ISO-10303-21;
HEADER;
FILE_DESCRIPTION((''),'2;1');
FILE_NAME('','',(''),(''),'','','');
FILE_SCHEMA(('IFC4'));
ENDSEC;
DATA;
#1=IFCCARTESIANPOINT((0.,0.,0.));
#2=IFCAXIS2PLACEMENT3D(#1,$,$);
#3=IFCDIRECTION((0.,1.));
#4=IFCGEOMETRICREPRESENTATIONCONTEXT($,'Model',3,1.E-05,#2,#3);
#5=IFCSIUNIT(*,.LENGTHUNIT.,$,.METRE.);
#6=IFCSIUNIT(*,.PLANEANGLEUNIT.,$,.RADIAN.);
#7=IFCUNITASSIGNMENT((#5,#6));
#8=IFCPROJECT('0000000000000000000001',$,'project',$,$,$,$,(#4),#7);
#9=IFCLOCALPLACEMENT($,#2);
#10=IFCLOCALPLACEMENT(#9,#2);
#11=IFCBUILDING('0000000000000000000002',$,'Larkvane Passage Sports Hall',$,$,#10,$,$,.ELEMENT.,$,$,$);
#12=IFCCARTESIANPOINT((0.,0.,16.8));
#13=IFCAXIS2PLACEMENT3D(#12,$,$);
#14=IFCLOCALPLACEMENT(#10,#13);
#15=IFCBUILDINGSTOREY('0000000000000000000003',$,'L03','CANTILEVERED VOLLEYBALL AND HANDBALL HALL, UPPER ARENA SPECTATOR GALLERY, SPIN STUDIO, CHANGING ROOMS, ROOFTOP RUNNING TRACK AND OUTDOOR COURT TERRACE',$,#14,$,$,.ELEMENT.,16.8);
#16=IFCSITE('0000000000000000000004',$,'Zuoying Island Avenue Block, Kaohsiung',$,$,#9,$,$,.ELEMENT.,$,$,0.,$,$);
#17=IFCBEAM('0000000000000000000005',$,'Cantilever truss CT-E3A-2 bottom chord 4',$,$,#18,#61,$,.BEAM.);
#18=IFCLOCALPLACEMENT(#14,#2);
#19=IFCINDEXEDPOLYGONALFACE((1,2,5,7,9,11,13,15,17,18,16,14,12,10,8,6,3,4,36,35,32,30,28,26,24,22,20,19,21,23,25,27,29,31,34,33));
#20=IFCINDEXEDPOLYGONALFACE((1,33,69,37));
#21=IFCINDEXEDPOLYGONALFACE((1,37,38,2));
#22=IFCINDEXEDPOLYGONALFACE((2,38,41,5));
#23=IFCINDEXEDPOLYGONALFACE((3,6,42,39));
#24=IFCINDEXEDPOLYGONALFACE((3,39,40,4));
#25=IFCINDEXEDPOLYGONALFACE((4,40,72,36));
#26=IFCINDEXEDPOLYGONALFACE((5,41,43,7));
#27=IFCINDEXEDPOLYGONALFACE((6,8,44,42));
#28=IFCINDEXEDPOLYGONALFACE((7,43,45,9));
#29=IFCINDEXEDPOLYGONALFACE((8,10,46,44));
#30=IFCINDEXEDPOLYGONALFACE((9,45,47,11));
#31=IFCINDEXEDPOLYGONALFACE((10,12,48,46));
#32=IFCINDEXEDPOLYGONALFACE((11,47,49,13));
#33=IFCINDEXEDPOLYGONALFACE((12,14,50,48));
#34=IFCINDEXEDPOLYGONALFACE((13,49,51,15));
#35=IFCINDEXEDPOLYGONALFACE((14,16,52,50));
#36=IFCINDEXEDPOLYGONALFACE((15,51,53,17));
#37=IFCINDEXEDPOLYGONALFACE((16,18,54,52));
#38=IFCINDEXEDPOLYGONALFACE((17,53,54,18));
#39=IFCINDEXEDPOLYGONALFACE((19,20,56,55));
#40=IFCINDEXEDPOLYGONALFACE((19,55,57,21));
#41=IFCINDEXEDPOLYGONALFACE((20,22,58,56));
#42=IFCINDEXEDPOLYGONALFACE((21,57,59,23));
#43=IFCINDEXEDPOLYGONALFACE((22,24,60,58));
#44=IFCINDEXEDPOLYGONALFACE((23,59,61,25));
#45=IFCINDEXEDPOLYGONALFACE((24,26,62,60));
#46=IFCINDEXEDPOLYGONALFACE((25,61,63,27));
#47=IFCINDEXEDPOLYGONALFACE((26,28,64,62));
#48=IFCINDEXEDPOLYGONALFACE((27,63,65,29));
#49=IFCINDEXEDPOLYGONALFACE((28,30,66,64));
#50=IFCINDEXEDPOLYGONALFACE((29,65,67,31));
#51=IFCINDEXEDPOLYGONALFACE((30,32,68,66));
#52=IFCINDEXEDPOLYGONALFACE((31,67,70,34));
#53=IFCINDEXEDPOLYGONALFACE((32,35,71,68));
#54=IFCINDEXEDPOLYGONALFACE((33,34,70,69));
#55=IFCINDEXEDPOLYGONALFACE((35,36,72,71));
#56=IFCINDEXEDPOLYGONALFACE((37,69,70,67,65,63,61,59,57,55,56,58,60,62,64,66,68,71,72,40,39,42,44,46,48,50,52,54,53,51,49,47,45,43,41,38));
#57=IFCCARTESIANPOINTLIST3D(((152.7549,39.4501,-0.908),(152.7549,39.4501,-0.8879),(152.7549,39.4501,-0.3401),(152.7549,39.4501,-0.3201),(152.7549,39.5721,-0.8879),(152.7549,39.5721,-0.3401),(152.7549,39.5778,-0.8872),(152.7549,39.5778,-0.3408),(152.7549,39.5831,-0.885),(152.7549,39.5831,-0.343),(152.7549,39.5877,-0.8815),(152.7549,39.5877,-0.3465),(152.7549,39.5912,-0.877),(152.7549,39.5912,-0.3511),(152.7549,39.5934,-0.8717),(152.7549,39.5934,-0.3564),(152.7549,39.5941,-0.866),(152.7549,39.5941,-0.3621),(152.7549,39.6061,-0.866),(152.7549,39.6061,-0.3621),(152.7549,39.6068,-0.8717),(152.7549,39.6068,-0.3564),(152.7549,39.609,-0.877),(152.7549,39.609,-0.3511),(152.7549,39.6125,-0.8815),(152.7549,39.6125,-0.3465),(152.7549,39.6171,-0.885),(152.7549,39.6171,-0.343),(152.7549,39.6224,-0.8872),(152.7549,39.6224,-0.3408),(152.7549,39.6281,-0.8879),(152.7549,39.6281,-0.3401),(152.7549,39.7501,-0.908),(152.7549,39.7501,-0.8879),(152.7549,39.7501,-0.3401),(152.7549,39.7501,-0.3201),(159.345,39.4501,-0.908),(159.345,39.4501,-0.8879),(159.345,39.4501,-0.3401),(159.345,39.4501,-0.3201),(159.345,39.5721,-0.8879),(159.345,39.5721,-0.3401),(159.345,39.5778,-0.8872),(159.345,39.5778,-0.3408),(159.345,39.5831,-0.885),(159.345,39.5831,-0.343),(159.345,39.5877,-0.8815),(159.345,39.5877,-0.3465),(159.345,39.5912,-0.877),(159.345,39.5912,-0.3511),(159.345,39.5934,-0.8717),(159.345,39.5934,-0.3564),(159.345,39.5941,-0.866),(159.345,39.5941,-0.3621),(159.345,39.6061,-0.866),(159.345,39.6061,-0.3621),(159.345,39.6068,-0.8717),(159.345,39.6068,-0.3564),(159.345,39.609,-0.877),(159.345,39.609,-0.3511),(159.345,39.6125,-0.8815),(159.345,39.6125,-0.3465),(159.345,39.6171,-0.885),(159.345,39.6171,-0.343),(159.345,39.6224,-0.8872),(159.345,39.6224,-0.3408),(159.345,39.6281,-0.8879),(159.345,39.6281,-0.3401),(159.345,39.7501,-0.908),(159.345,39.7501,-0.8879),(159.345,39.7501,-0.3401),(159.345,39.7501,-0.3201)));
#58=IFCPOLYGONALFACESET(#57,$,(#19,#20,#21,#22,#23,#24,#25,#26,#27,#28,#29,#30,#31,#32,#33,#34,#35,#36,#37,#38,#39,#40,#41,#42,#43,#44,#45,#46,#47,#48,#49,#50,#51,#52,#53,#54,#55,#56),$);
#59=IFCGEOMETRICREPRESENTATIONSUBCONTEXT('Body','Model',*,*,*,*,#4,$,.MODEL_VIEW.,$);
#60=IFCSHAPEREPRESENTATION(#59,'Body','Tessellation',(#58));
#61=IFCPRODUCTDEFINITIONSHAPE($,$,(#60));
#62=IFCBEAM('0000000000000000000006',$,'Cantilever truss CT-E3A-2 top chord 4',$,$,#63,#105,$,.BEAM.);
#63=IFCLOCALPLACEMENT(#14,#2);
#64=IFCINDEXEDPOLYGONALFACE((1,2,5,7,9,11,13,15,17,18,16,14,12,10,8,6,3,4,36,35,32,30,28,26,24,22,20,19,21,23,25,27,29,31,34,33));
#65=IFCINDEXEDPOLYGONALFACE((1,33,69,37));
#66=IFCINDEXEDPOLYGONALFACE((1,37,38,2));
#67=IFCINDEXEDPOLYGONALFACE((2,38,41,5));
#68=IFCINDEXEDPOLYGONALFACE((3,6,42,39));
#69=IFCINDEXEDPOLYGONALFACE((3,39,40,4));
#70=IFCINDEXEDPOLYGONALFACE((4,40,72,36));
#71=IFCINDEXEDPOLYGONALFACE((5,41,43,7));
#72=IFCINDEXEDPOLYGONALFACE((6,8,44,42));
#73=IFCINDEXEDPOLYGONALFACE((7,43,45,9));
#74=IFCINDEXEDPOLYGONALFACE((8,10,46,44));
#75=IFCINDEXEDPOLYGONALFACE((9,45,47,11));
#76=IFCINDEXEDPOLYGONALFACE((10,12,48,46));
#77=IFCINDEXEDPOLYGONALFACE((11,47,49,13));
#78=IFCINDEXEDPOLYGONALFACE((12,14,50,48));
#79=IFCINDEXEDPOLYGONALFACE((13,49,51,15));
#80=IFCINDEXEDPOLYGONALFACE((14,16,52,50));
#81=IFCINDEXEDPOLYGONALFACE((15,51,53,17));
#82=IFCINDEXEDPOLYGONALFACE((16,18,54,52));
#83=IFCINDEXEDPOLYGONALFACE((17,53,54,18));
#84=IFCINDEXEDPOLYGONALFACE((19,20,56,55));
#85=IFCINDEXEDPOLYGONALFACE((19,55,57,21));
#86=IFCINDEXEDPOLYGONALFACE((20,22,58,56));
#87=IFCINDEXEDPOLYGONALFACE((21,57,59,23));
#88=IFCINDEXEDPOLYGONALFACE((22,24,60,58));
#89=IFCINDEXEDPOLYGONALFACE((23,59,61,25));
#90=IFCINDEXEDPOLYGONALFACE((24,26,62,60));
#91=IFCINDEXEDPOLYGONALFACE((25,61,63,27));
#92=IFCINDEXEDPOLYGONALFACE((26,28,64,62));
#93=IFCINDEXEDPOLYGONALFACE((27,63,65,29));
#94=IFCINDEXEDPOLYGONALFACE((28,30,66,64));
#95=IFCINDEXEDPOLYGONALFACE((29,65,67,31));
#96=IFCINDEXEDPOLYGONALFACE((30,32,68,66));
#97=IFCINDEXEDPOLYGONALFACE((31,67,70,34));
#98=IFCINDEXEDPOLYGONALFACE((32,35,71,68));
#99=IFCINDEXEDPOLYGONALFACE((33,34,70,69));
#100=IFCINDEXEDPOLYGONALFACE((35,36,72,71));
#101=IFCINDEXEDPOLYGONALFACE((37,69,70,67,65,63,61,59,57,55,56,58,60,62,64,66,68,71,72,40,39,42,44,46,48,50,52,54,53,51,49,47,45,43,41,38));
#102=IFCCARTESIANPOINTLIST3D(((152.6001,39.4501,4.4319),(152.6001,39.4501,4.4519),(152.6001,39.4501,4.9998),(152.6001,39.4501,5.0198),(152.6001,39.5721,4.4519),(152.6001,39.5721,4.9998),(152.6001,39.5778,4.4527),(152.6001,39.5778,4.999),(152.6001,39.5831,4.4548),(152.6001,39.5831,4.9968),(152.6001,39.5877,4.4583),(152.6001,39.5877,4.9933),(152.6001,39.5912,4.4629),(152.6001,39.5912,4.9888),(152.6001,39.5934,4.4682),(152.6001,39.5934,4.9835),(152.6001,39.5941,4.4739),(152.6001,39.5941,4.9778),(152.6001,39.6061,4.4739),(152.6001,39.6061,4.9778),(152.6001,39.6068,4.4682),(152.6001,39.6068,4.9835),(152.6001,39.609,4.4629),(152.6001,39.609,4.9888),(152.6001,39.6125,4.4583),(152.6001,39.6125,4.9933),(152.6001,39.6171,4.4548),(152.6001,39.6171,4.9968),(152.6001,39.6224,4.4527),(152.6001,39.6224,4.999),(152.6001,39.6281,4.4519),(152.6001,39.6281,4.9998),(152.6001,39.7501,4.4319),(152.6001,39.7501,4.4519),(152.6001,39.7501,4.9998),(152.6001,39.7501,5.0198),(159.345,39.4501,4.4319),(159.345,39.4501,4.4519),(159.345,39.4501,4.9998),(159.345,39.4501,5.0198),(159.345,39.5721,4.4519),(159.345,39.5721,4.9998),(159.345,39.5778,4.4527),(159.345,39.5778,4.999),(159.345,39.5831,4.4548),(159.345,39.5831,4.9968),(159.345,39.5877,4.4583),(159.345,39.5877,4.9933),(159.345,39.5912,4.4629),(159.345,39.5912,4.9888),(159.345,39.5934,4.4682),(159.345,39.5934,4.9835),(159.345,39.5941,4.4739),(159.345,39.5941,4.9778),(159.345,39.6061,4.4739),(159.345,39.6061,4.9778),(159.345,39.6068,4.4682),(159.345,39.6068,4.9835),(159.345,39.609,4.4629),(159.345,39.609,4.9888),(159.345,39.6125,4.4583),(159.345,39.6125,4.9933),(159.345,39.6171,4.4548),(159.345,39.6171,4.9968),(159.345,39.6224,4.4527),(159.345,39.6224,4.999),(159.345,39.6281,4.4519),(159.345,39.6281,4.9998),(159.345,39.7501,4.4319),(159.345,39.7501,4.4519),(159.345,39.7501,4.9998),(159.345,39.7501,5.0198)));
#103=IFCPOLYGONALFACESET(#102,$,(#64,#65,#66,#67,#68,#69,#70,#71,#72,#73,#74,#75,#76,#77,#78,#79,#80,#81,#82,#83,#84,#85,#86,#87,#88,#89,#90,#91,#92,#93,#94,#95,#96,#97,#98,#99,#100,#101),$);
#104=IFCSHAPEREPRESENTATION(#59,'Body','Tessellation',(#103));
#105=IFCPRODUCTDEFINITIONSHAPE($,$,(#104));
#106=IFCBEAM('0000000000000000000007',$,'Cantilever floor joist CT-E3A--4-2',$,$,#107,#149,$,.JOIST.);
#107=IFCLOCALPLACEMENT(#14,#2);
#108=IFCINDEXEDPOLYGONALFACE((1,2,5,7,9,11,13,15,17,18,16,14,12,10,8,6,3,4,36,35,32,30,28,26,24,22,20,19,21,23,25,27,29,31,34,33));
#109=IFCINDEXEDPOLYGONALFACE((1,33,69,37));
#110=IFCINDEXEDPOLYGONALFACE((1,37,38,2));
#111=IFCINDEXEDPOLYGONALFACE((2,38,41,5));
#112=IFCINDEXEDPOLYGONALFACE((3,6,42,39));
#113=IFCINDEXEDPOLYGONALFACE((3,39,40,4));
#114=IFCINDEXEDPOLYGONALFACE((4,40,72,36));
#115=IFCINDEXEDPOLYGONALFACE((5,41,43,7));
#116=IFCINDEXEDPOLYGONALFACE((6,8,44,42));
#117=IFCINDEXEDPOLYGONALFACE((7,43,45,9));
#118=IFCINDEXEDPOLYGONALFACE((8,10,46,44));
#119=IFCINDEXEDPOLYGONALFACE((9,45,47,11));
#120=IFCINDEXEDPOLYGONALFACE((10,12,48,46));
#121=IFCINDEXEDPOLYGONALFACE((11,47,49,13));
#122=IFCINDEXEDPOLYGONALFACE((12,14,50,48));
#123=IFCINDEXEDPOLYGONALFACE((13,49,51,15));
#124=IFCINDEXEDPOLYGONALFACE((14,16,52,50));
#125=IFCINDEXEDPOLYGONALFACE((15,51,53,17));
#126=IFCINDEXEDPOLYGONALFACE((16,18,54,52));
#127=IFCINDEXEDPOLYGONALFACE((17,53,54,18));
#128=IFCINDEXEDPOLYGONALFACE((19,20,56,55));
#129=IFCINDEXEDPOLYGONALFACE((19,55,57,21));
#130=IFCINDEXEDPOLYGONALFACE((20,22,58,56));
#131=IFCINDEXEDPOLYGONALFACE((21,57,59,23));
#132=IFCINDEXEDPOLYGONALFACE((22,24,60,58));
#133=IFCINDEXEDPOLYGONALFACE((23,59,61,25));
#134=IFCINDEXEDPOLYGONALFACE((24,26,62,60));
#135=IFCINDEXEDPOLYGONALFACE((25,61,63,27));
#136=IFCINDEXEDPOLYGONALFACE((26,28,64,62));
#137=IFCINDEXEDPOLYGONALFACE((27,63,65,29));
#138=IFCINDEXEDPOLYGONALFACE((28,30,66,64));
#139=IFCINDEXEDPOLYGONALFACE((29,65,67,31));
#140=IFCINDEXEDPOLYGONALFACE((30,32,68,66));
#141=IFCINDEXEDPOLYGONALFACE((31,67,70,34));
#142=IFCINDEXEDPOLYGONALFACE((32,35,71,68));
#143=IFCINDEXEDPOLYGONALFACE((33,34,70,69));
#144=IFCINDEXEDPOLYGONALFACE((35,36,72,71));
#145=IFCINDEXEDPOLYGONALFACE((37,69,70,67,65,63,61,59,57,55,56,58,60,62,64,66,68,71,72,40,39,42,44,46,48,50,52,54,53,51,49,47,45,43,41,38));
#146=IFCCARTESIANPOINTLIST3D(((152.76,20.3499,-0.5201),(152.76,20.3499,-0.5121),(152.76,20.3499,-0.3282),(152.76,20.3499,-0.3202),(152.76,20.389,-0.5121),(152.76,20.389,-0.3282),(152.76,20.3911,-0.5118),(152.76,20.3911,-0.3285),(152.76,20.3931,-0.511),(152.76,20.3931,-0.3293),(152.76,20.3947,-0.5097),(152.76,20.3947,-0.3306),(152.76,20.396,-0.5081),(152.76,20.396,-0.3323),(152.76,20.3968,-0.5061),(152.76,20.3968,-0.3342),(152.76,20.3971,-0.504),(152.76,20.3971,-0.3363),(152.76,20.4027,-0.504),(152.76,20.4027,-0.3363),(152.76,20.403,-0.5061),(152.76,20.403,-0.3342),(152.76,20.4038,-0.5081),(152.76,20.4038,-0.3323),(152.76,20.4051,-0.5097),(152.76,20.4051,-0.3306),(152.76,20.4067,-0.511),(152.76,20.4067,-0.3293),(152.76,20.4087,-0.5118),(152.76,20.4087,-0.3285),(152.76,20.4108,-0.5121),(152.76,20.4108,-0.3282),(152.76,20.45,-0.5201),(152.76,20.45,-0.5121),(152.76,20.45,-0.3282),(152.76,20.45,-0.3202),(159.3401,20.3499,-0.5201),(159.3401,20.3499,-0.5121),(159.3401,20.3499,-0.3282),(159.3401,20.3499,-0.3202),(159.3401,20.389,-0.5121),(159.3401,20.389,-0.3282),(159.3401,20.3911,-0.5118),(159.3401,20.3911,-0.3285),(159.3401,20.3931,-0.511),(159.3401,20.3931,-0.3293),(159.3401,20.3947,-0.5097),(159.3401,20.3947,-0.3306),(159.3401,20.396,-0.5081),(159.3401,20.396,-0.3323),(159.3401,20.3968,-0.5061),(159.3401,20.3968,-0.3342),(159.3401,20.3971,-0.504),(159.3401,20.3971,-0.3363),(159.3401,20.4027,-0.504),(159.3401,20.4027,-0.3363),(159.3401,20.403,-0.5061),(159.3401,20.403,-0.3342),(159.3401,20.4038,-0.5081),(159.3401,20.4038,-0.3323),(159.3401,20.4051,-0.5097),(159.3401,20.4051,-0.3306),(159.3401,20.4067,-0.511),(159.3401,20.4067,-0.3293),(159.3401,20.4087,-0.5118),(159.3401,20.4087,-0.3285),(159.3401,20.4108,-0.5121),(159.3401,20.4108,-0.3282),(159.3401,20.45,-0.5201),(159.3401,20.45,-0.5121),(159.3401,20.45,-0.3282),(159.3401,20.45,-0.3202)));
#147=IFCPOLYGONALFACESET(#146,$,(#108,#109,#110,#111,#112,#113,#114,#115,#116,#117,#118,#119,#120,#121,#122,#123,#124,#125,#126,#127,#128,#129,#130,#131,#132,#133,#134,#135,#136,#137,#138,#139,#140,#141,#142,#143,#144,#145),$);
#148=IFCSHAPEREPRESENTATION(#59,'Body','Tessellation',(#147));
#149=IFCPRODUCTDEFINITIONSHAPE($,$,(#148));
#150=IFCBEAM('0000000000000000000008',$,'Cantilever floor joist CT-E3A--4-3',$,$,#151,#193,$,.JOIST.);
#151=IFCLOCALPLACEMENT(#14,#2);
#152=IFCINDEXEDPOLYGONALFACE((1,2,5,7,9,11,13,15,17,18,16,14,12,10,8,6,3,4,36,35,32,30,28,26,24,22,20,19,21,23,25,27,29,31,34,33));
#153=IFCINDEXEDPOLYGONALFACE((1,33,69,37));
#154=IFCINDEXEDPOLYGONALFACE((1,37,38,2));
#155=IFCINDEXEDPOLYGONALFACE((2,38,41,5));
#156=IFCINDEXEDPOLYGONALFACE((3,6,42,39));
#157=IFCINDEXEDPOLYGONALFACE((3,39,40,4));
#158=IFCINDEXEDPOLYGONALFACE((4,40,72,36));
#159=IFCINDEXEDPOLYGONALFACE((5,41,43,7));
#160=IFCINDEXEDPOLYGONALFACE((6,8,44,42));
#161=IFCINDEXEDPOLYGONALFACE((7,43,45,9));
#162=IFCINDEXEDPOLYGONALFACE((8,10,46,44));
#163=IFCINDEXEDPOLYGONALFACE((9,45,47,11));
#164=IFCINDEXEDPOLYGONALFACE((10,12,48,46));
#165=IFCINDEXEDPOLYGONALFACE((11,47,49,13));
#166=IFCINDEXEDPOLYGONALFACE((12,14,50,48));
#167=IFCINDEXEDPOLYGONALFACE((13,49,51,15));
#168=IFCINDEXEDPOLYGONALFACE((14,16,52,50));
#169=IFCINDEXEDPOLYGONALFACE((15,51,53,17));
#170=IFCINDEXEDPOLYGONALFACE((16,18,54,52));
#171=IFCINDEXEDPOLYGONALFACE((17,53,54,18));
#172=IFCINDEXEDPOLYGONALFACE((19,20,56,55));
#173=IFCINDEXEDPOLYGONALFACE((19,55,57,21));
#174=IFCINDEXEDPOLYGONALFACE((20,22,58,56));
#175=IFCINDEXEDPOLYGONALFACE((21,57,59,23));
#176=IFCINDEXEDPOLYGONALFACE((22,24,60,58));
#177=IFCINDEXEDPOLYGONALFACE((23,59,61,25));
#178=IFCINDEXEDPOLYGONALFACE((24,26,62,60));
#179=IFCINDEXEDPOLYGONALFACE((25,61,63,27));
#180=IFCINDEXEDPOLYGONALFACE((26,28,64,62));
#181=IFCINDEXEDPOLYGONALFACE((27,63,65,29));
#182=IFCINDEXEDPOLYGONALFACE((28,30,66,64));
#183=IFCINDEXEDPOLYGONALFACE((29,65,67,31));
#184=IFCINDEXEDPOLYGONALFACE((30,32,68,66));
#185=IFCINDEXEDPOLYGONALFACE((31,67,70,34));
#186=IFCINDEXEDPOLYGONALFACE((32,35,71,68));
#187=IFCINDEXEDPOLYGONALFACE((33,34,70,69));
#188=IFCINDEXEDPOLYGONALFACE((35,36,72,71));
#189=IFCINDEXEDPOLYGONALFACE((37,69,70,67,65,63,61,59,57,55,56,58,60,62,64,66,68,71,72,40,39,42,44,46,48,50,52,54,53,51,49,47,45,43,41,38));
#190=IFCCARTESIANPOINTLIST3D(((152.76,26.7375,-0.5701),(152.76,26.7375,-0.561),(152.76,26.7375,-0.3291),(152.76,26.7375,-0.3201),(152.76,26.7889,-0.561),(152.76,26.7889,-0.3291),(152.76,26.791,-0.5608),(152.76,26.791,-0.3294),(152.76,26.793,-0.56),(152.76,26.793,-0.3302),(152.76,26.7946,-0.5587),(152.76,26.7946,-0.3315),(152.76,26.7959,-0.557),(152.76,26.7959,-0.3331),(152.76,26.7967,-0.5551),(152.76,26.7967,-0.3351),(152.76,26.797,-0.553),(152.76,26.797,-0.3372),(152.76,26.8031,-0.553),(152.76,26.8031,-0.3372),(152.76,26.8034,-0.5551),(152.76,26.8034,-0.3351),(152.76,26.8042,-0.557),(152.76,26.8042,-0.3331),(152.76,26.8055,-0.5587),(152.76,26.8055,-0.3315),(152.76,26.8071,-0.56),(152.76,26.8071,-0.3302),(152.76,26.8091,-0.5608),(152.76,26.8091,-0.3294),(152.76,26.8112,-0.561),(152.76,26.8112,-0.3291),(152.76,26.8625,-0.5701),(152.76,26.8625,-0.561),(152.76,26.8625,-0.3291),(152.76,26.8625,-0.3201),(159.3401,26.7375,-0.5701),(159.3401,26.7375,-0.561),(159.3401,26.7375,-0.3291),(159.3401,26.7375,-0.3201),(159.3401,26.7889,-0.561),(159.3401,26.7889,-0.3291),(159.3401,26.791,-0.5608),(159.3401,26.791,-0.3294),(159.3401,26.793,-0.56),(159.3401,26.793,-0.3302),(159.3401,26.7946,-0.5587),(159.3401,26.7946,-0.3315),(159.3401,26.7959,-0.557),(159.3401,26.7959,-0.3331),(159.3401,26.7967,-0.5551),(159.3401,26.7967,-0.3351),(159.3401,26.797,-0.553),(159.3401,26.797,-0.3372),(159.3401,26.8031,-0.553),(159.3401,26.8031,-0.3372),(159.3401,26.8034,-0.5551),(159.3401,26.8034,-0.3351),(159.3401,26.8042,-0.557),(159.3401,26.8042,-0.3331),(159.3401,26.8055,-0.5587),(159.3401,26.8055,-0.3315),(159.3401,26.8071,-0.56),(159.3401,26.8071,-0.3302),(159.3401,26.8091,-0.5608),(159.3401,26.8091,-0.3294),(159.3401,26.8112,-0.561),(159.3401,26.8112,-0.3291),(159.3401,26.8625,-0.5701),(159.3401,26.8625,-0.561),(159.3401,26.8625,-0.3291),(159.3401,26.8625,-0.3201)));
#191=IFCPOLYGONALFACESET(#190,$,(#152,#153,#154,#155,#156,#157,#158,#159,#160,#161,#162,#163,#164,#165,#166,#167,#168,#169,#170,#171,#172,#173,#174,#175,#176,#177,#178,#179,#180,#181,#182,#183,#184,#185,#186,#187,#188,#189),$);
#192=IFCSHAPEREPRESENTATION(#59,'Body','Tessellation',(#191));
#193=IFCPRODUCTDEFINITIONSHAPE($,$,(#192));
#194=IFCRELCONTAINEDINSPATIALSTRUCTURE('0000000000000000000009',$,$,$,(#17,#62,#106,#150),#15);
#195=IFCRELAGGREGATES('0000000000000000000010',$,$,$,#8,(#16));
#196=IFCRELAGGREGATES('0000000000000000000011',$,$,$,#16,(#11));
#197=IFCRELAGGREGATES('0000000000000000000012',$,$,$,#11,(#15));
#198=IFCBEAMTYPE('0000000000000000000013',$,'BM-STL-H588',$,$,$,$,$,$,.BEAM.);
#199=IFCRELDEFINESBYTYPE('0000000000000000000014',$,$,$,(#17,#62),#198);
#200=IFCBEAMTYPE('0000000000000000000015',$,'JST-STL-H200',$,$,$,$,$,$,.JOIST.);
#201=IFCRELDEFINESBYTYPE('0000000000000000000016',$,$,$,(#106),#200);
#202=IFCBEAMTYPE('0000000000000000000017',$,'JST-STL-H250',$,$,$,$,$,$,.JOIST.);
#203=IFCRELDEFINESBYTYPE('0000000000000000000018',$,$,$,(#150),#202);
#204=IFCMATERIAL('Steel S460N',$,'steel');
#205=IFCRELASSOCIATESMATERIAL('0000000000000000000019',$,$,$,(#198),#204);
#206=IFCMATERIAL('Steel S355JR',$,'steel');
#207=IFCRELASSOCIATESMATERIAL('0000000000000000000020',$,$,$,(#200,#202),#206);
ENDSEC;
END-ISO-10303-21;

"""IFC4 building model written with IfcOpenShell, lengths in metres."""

from ifc_helpers import new_model, si_unit, direction, frame, origin, origin_2d, place, context, subcontext, project, spatial, i_section, extrude, material, material_profile, profile_set, type_object, element, save


model = new_model("IFC4")

# Units and contexts
model_context = context("Model", 3, precision=1e-05, world=origin(), true_north=direction((0.0, 1.0)))
body_context = subcontext(model_context, "Body", "Model", "MODEL_VIEW")
ifc_project = project(units=[si_unit("LENGTHUNIT", "METRE"), si_unit("PLANEANGLEUNIT", "RADIAN")], contexts=[model_context])

# Site, building, storey
site_placement = place(None, origin())
site = spatial("IfcSite", under=ifc_project, at=site_placement, Name="Zuoying Island Avenue Block, Kaohsiung", CompositionType="ELEMENT", RefElevation=0.0)
building_placement = place(site_placement, origin())
building = spatial("IfcBuilding", under=site, at=building_placement, Name="Larkvane Passage Sports Hall", CompositionType="ELEMENT")
storey_placement = place(building_placement, frame((0.0, 0.0, 16.8)))
storey = spatial("IfcBuildingStorey", under=building, at=storey_placement, Name="L03", Description="CANTILEVERED VOLLEYBALL AND HANDBALL HALL, UPPER ARENA SPECTATOR GALLERY, SPIN STUDIO, CHANGING ROOMS, ROOFTOP RUNNING TRACK AND OUTDOOR COURT TERRACE", CompositionType="ELEMENT", Elevation=16.8)

# Shared definitions
ifc_material_1 = material(Name="Steel S460N", Category="steel")

# Beams
ifc_material_profile_1 = material_profile(ifc_material_1, i_section(OverallWidth=0.3, OverallDepth=0.5879, WebThickness=0.012, FlangeThickness=0.02, FilletRadius=0.022, at=origin_2d()), Name="H-588x300x12x20")
ifc_profile_set_1 = profile_set([ifc_material_profile_1], Name="Steel S460N")
beam_type_1 = type_object("IfcBeamType", Name="BM-STL-H588", PredefinedType="BEAM", material=ifc_profile_set_1)
beam_1_placement = place(storey_placement, frame((152.7549, 39.6001, -0.614), z_axis=(1.0, 0.0, 0.0), x_axis=(0.0, 1.0, 0.0)))
element("IfcBeam", 1, at=beam_1_placement, inside=storey, type_object=beam_type_1, Name="Cantilever truss CT-E3A-2 bottom chord 4", PredefinedType="BEAM", context=body_context, shape_type="SweptSolid", body=[
    extrude(i_section(OverallWidth=0.3, OverallDepth=0.5879, WebThickness=0.012, FlangeThickness=0.02, FilletRadius=0.022, at=origin_2d()), origin(), (0.0, 0.0, 1.0), 6.5901),
])
beam_2_placement = place(storey_placement, frame((152.6001, 39.6001, 4.7258), z_axis=(1.0, 0.0, 0.0), x_axis=(0.0, 1.0, 0.0)))
element("IfcBeam", 2, at=beam_2_placement, inside=storey, type_object=beam_type_1, Name="Cantilever truss CT-E3A-2 top chord 4", PredefinedType="BEAM", context=body_context, shape_type="SweptSolid", body=[
    extrude(i_section(OverallWidth=0.3, OverallDepth=0.5879, WebThickness=0.012, FlangeThickness=0.02, FilletRadius=0.022, at=origin_2d()), origin(), (0.0, 0.0, 1.0), 6.7449),
])
ifc_material_2 = material(Name="Steel S355JR", Category="steel")
ifc_material_profile_2 = material_profile(ifc_material_2, i_section(OverallWidth=0.1001, OverallDepth=0.2, WebThickness=0.0056, FlangeThickness=0.0081, FilletRadius=0.0081, at=origin_2d()), Name="H-200x100x5.5x8")
ifc_profile_set_2 = profile_set([ifc_material_profile_2], Name="Steel S355JR")
beam_type_2 = type_object("IfcBeamType", Name="JST-STL-H200", PredefinedType="JOIST", material=ifc_profile_set_2)
beam_3_placement = place(storey_placement, frame((152.76, 20.3999, -0.4202), z_axis=(1.0, 0.0, 0.0), x_axis=(0.0, 1.0, 0.0)))
element("IfcBeam", 3, at=beam_3_placement, inside=storey, type_object=beam_type_2, Name="Cantilever floor joist CT-E3A--4-2", PredefinedType="JOIST", context=body_context, shape_type="SweptSolid", body=[
    extrude(i_section(OverallWidth=0.1001, OverallDepth=0.2, WebThickness=0.0056, FlangeThickness=0.0081, FilletRadius=0.0081, at=origin_2d()), origin(), (0.0, 0.0, 1.0), 6.5801),
])
ifc_material_profile_3 = material_profile(ifc_material_2, i_section(OverallWidth=0.125, OverallDepth=0.25, WebThickness=0.0061, FlangeThickness=0.009, FilletRadius=0.0081, at=origin_2d()), Name="H-250x125x6x9")
ifc_profile_set_3 = profile_set([ifc_material_profile_3], Name="Steel S355JR")
beam_type_3 = type_object("IfcBeamType", Name="JST-STL-H250", PredefinedType="JOIST", material=ifc_profile_set_3)
beam_4_placement = place(storey_placement, frame((152.76, 26.8, -0.4451), z_axis=(1.0, 0.0, 0.0), x_axis=(0.0, 1.0, 0.0)))
element("IfcBeam", 4, at=beam_4_placement, inside=storey, type_object=beam_type_3, Name="Cantilever floor joist CT-E3A--4-3", PredefinedType="JOIST", context=body_context, shape_type="SweptSolid", body=[
    extrude(i_section(OverallWidth=0.125, OverallDepth=0.25, WebThickness=0.0061, FlangeThickness=0.009, FilletRadius=0.0081, at=origin_2d()), origin(), (0.0, 0.0, 1.0), 6.5801),
])

save(model, "model.ifc")
